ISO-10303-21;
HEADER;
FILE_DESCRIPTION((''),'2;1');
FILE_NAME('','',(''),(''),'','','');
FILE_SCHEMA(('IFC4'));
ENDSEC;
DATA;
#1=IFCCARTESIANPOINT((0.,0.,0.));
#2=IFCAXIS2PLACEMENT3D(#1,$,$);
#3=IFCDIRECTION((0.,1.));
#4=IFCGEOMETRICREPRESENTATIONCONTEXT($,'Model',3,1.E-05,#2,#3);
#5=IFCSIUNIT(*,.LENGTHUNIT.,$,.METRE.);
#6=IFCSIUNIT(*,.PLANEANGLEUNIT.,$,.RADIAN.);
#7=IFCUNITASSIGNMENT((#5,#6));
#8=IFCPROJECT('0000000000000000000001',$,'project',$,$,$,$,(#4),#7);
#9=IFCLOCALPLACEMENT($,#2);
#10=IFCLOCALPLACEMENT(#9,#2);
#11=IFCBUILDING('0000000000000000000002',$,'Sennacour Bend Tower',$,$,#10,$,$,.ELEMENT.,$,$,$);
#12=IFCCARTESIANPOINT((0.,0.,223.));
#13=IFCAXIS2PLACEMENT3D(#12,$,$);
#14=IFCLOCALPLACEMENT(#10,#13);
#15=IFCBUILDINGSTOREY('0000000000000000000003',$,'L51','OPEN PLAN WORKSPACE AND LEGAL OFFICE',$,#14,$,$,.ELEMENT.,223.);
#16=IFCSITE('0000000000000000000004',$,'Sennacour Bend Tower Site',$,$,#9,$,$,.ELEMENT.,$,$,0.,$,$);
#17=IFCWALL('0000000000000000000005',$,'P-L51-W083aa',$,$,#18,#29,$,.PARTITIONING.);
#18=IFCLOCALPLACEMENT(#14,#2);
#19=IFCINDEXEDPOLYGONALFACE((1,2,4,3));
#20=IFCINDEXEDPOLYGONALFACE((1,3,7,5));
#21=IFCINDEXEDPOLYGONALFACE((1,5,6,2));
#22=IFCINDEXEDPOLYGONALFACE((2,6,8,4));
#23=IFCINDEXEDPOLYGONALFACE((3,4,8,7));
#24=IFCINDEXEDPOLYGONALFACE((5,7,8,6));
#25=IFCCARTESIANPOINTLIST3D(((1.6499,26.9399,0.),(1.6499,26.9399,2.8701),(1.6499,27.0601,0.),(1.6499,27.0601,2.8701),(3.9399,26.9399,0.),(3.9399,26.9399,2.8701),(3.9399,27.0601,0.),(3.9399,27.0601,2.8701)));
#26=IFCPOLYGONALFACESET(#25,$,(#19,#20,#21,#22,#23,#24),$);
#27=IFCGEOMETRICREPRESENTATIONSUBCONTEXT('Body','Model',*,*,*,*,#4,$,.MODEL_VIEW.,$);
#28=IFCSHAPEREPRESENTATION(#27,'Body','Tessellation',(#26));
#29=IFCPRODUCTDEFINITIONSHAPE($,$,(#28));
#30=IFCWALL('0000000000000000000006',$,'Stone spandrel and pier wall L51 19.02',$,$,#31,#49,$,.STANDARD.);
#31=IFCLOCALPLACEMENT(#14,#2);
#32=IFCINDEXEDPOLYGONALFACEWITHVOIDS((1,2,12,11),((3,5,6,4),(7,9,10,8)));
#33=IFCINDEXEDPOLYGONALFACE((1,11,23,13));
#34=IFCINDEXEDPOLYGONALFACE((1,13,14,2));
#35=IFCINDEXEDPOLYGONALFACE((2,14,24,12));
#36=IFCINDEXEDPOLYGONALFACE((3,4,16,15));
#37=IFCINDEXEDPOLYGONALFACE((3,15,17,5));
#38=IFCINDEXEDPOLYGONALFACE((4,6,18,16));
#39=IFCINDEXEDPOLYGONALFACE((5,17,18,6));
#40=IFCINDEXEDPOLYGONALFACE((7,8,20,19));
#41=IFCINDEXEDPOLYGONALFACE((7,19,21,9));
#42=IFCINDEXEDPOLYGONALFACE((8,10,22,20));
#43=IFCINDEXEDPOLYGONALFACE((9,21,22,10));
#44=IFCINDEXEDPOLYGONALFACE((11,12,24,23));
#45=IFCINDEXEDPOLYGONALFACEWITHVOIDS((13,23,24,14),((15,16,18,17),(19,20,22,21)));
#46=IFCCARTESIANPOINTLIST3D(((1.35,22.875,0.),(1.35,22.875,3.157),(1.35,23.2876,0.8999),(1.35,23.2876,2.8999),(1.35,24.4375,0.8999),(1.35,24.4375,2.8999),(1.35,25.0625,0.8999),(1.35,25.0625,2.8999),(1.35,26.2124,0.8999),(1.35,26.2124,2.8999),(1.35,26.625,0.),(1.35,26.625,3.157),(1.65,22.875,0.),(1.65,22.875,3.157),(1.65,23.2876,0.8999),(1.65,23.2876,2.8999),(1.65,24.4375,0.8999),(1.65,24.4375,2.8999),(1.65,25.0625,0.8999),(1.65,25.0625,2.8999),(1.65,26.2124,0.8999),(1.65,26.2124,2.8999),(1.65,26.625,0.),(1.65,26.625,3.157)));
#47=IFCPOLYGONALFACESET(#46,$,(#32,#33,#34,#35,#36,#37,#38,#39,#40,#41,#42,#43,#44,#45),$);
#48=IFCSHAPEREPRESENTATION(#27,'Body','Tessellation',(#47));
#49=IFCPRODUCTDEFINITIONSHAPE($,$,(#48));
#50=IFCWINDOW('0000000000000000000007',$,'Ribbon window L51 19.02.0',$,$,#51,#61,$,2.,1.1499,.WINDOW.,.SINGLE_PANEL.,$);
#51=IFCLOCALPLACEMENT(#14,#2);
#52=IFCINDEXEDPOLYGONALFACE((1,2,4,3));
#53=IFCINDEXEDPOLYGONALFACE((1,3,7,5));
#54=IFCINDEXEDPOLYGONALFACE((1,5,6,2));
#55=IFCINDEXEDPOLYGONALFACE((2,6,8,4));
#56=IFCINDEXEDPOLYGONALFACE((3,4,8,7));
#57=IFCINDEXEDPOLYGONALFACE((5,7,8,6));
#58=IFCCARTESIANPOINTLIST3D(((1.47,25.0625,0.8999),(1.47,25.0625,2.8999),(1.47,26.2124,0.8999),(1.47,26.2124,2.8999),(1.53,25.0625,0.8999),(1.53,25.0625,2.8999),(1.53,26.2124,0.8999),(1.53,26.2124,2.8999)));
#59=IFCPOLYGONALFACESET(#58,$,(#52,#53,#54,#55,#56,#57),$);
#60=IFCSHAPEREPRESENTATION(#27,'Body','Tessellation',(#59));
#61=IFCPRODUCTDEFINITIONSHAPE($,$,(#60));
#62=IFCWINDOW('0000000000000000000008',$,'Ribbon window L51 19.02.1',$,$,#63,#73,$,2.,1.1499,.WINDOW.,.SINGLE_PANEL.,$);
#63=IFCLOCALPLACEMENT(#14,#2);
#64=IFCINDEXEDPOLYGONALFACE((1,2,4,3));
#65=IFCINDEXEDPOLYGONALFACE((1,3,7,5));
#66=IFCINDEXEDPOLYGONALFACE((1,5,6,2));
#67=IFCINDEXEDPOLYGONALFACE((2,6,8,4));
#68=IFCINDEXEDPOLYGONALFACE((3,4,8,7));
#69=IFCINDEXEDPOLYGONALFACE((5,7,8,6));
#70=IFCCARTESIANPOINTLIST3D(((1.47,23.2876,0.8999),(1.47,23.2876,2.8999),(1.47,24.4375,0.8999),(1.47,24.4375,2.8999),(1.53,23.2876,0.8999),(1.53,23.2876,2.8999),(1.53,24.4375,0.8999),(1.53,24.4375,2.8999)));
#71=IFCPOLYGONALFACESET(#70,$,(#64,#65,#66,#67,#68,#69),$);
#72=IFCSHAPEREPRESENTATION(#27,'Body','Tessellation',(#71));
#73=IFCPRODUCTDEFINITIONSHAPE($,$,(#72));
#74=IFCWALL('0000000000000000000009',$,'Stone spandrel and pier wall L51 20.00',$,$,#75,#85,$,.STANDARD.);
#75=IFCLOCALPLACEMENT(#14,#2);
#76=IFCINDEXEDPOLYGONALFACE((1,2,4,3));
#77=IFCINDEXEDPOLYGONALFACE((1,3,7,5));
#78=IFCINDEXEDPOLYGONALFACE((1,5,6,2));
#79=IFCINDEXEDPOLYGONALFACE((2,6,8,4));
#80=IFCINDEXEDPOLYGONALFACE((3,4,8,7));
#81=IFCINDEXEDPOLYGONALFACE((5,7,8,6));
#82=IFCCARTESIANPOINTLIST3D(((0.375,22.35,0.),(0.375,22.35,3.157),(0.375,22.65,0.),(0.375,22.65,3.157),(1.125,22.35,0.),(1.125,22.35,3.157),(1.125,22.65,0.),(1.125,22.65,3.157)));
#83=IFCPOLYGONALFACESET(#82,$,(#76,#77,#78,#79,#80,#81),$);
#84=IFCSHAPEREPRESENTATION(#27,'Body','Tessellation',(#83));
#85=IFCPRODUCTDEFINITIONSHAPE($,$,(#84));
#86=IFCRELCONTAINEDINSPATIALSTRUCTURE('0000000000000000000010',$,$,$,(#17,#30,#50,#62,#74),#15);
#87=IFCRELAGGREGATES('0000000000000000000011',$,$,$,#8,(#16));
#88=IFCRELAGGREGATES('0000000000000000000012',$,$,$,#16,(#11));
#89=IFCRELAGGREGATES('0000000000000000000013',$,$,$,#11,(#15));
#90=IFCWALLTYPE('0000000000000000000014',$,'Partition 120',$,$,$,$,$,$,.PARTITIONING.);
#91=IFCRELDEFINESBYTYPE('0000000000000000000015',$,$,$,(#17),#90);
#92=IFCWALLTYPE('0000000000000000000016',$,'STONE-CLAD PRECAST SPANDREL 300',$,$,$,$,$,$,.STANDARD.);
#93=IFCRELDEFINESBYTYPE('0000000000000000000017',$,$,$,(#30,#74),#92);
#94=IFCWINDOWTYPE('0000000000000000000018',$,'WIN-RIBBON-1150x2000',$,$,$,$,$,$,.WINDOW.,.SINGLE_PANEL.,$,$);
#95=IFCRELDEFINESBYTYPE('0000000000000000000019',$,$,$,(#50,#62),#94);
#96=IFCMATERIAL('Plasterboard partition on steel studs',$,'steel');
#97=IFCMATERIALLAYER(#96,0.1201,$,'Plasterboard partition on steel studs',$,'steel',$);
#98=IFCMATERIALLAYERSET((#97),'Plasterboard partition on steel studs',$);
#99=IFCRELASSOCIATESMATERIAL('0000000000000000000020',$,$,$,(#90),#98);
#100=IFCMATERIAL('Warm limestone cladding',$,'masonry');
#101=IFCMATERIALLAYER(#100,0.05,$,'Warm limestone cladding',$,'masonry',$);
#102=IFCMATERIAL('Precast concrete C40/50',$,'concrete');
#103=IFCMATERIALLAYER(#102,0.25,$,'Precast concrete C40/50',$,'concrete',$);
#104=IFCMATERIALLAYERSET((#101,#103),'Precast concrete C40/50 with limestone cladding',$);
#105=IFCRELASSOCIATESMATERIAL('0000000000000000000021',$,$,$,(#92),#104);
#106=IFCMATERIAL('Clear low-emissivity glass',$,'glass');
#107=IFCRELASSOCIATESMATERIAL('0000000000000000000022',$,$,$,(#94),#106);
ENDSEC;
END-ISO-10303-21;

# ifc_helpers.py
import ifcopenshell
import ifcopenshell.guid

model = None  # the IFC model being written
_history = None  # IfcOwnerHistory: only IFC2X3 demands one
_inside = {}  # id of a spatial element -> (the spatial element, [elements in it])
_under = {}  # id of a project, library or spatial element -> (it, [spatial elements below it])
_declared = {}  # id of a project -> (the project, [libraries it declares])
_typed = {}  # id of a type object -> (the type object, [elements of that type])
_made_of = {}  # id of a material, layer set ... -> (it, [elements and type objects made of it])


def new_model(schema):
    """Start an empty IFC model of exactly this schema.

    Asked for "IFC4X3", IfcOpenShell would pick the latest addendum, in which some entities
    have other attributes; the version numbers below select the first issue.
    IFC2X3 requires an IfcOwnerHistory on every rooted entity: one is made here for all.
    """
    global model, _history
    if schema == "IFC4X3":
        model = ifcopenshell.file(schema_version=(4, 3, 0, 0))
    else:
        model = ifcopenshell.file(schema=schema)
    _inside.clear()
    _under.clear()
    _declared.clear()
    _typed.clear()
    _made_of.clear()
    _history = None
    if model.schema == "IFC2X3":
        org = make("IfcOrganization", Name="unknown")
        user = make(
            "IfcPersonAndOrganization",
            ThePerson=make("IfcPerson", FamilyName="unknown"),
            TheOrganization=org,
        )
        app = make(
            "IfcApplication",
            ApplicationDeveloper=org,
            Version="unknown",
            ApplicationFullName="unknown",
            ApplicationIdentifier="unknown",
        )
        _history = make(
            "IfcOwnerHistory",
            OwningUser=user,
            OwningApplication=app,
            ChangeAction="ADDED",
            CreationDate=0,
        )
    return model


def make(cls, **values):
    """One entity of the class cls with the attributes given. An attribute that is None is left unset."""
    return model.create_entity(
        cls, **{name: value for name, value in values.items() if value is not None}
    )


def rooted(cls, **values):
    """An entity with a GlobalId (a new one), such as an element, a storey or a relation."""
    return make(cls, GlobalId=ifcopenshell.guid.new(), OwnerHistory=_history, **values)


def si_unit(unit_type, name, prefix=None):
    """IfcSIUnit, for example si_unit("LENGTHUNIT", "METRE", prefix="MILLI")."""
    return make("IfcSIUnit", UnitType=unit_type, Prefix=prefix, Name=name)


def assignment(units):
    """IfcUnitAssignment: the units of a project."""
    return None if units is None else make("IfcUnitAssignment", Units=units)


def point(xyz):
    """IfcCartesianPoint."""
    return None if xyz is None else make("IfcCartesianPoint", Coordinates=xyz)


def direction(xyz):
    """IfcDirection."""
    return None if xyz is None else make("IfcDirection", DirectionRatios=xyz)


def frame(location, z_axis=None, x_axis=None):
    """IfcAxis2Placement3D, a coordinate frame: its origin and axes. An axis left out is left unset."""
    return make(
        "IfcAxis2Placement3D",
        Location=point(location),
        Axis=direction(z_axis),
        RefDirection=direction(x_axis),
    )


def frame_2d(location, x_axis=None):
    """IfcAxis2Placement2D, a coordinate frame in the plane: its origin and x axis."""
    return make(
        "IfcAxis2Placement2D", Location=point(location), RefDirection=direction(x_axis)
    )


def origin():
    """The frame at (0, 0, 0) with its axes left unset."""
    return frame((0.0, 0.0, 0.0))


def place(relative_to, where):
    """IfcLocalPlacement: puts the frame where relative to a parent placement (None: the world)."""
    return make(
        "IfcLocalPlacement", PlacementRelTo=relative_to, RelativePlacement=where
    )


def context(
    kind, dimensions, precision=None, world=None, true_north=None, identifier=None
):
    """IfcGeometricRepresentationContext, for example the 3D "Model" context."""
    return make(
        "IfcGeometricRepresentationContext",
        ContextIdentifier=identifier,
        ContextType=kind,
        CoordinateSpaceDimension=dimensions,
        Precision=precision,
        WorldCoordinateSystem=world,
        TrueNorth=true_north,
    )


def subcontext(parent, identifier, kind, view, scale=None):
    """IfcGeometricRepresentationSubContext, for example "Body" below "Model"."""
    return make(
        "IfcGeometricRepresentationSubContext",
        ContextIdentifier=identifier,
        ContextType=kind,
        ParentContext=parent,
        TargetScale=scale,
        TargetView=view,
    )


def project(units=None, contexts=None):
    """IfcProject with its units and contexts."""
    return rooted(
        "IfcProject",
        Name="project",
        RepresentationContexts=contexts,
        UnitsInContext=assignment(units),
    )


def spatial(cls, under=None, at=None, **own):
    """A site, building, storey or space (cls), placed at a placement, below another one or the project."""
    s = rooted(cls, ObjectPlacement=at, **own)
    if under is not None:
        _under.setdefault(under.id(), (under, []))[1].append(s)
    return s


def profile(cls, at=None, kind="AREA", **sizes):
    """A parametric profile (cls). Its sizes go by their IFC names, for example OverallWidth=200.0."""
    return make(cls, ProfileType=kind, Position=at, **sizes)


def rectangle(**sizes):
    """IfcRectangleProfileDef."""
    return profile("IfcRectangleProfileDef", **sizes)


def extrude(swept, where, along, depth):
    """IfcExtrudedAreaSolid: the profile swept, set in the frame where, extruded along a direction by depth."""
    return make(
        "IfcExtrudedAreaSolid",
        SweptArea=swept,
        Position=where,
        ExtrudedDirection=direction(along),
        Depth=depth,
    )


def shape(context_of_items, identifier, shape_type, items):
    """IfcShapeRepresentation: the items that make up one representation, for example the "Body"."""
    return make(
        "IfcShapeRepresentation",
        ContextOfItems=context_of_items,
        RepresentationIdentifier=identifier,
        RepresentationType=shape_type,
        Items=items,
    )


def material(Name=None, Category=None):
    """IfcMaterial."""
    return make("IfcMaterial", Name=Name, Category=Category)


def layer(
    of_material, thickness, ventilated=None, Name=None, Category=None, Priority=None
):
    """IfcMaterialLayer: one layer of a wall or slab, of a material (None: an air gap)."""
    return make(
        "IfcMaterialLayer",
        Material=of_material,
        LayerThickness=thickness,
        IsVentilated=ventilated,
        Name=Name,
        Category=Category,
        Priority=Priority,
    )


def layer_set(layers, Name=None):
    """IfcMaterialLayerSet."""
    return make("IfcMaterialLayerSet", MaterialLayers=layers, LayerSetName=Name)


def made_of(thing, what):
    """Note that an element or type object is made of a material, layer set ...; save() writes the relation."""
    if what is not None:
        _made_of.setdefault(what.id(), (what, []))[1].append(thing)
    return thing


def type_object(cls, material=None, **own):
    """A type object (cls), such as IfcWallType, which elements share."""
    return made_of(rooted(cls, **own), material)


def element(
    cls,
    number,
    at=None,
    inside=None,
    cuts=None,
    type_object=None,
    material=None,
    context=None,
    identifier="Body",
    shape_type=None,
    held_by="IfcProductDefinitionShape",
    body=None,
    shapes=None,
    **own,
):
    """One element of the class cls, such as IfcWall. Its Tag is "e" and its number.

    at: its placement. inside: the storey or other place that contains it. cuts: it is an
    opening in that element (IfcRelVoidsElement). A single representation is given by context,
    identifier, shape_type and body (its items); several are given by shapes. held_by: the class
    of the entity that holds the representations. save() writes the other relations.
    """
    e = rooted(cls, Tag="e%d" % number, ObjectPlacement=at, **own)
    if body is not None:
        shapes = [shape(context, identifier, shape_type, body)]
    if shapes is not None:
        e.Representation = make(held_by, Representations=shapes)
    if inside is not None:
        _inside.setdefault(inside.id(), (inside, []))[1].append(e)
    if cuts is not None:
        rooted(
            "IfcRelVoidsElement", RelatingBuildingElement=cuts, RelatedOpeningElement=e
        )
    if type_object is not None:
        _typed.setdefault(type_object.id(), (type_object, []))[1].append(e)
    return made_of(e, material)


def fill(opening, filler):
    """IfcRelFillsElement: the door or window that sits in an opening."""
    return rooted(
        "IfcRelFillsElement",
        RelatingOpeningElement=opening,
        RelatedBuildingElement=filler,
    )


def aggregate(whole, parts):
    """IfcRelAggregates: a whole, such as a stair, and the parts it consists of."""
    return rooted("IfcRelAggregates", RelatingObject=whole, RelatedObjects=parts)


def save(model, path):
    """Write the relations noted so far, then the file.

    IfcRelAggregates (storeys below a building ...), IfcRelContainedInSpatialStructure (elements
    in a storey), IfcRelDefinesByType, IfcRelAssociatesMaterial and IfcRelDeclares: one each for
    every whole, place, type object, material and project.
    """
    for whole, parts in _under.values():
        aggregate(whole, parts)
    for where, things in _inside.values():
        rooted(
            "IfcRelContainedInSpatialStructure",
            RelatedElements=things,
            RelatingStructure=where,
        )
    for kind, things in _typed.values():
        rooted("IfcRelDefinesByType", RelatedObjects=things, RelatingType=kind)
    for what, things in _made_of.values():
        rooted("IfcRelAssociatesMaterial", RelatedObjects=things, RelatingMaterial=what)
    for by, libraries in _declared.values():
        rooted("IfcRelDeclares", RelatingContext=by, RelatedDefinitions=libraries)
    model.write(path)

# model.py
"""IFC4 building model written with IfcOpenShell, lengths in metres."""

from ifc_helpers import new_model, si_unit, direction, frame, frame_2d, origin, place, context, subcontext, project, spatial, rectangle, extrude, material, layer, layer_set, type_object, element, fill, save


model = new_model("IFC4")

# Units and contexts
model_context = context("Model", 3, precision=1e-05, world=origin(), true_north=direction((0.0, 1.0)))
body_context = subcontext(model_context, "Body", "Model", "MODEL_VIEW")
ifc_project = project(units=[si_unit("LENGTHUNIT", "METRE"), si_unit("PLANEANGLEUNIT", "RADIAN")], contexts=[model_context])

# Site, building, storey
site_placement = place(None, origin())
site = spatial("IfcSite", under=ifc_project, at=site_placement, Name="Sennacour Bend Tower Site", CompositionType="ELEMENT", RefElevation=0.0)
building_placement = place(site_placement, origin())
building = spatial("IfcBuilding", under=site, at=building_placement, Name="Sennacour Bend Tower", CompositionType="ELEMENT")
storey_placement = place(building_placement, frame((0.0, 0.0, 223.0)))
storey = spatial("IfcBuildingStorey", under=building, at=storey_placement, Name="L51", Description="OPEN PLAN WORKSPACE AND LEGAL OFFICE", CompositionType="ELEMENT", Elevation=223.0)

# Wall
ifc_material_1 = material(Name="Plasterboard partition on steel studs", Category="steel")
ifc_layer_1 = layer(ifc_material_1, 0.1201, Name="Plasterboard partition on steel studs", Category="steel")
ifc_layer_set_1 = layer_set([ifc_layer_1], Name="Plasterboard partition on steel studs")
wall_type_1 = type_object("IfcWallType", Name="Partition 120", PredefinedType="PARTITIONING", material=ifc_layer_set_1)
wall_1_placement = place(storey_placement, frame((1.6499, 27.0, 0.0), z_axis=(0.0, 0.0, 1.0), x_axis=(1.0, 0.0, 0.0)))
element("IfcWall", 1, at=wall_1_placement, inside=storey, type_object=wall_type_1, Name="P-L51-W083aa", PredefinedType="PARTITIONING", context=body_context, shape_type="SweptSolid", body=[
    extrude(rectangle(XDim=2.29, YDim=0.1201, at=frame_2d((1.145, 0.0))), origin(), (0.0, 0.0, 1.0), 2.8701),
])

# Wall, openings, windows
ifc_material_2 = material(Name="Warm limestone cladding", Category="masonry")
ifc_layer_2 = layer(ifc_material_2, 0.05, Name="Warm limestone cladding", Category="masonry")
ifc_material_3 = material(Name="Precast concrete C40/50", Category="concrete")
ifc_layer_3 = layer(ifc_material_3, 0.25, Name="Precast concrete C40/50", Category="concrete")
ifc_layer_set_2 = layer_set([ifc_layer_2, ifc_layer_3], Name="Precast concrete C40/50 with limestone cladding")
wall_type_2 = type_object("IfcWallType", Name="STONE-CLAD PRECAST SPANDREL 300", PredefinedType="STANDARD", material=ifc_layer_set_2)
wall_2_placement = place(storey_placement, frame((1.5, 26.625, 0.0), z_axis=(0.0, 0.0, 1.0), x_axis=(0.0, -1.0, 0.0)))
wall_2 = element("IfcWall", 2, at=wall_2_placement, inside=storey, type_object=wall_type_2, Name="Stone spandrel and pier wall L51 19.02", PredefinedType="STANDARD", context=body_context, shape_type="SweptSolid", body=[
    extrude(rectangle(XDim=3.75, YDim=0.3, at=frame_2d((1.875, 0.0))), origin(), (0.0, 0.0, 1.0), 3.157),
])
opening_1_placement = place(wall_2_placement, frame((0.4126, 0.0, 0.8999)))
opening_1 = element("IfcOpeningElement", 3, at=opening_1_placement, cuts=wall_2, PredefinedType="OPENING", context=body_context, shape_type="SweptSolid", body=[
    extrude(rectangle(XDim=1.1499, YDim=2.0, at=frame_2d((0.575, 1.0))), frame((0.0, 0.1602, 0.0), z_axis=(0.0, -1.0, 0.0), x_axis=(1.0, 0.0, 0.0)), (0.0, 0.0, 1.0), 0.3201),
])
opening_2_placement = place(wall_2_placement, frame((2.1875, 0.0, 0.8999)))
opening_2 = element("IfcOpeningElement", 4, at=opening_2_placement, cuts=wall_2, PredefinedType="OPENING", context=body_context, shape_type="SweptSolid", body=[
    extrude(rectangle(XDim=1.1499, YDim=2.0, at=frame_2d((0.575, 1.0))), frame((0.0, 0.1602, 0.0), z_axis=(0.0, -1.0, 0.0), x_axis=(1.0, 0.0, 0.0)), (0.0, 0.0, 1.0), 0.3201),
])
ifc_material_4 = material(Name="Clear low-emissivity glass", Category="glass")
window_type = type_object("IfcWindowType", Name="WIN-RIBBON-1150x2000", PartitioningType="SINGLE_PANEL", PredefinedType="WINDOW", material=ifc_material_4)
window_1_placement = place(opening_1_placement, origin())
window_1 = element("IfcWindow", 5, at=window_1_placement, inside=storey, type_object=window_type, Name="Ribbon window L51 19.02.0", OverallHeight=2.0, OverallWidth=1.1499, PartitioningType="SINGLE_PANEL", PredefinedType="WINDOW", context=body_context, shape_type="SweptSolid", body=[
    extrude(rectangle(XDim=1.1499, YDim=2.0, at=frame_2d((0.575, 1.0))), frame((0.0, 0.03, 0.0), z_axis=(0.0, -1.0, 0.0), x_axis=(1.0, 0.0, 0.0)), (0.0, 0.0, 1.0), 0.0601),
])
fill(opening_1, window_1)
window_2_placement = place(opening_2_placement, origin())
window_2 = element("IfcWindow", 6, at=window_2_placement, inside=storey, type_object=window_type, Name="Ribbon window L51 19.02.1", OverallHeight=2.0, OverallWidth=1.1499, PartitioningType="SINGLE_PANEL", PredefinedType="WINDOW", context=body_context, shape_type="SweptSolid", body=[
    extrude(rectangle(XDim=1.1499, YDim=2.0, at=frame_2d((0.575, 1.0))), frame((0.0, 0.03, 0.0), z_axis=(0.0, -1.0, 0.0), x_axis=(1.0, 0.0, 0.0)), (0.0, 0.0, 1.0), 0.0601),
])
fill(opening_2, window_2)

# Wall
wall_3_placement = place(storey_placement, frame((1.125, 22.5, 0.0), z_axis=(0.0, 0.0, 1.0), x_axis=(-1.0, 0.0, 0.0)))
element("IfcWall", 7, at=wall_3_placement, inside=storey, type_object=wall_type_2, Name="Stone spandrel and pier wall L51 20.00", PredefinedType="STANDARD", context=body_context, shape_type="SweptSolid", body=[
    extrude(rectangle(XDim=0.75, YDim=0.3, at=frame_2d((0.375, 0.0))), origin(), (0.0, 0.0, 1.0), 3.157),
])

save(model, "model.ifc")
